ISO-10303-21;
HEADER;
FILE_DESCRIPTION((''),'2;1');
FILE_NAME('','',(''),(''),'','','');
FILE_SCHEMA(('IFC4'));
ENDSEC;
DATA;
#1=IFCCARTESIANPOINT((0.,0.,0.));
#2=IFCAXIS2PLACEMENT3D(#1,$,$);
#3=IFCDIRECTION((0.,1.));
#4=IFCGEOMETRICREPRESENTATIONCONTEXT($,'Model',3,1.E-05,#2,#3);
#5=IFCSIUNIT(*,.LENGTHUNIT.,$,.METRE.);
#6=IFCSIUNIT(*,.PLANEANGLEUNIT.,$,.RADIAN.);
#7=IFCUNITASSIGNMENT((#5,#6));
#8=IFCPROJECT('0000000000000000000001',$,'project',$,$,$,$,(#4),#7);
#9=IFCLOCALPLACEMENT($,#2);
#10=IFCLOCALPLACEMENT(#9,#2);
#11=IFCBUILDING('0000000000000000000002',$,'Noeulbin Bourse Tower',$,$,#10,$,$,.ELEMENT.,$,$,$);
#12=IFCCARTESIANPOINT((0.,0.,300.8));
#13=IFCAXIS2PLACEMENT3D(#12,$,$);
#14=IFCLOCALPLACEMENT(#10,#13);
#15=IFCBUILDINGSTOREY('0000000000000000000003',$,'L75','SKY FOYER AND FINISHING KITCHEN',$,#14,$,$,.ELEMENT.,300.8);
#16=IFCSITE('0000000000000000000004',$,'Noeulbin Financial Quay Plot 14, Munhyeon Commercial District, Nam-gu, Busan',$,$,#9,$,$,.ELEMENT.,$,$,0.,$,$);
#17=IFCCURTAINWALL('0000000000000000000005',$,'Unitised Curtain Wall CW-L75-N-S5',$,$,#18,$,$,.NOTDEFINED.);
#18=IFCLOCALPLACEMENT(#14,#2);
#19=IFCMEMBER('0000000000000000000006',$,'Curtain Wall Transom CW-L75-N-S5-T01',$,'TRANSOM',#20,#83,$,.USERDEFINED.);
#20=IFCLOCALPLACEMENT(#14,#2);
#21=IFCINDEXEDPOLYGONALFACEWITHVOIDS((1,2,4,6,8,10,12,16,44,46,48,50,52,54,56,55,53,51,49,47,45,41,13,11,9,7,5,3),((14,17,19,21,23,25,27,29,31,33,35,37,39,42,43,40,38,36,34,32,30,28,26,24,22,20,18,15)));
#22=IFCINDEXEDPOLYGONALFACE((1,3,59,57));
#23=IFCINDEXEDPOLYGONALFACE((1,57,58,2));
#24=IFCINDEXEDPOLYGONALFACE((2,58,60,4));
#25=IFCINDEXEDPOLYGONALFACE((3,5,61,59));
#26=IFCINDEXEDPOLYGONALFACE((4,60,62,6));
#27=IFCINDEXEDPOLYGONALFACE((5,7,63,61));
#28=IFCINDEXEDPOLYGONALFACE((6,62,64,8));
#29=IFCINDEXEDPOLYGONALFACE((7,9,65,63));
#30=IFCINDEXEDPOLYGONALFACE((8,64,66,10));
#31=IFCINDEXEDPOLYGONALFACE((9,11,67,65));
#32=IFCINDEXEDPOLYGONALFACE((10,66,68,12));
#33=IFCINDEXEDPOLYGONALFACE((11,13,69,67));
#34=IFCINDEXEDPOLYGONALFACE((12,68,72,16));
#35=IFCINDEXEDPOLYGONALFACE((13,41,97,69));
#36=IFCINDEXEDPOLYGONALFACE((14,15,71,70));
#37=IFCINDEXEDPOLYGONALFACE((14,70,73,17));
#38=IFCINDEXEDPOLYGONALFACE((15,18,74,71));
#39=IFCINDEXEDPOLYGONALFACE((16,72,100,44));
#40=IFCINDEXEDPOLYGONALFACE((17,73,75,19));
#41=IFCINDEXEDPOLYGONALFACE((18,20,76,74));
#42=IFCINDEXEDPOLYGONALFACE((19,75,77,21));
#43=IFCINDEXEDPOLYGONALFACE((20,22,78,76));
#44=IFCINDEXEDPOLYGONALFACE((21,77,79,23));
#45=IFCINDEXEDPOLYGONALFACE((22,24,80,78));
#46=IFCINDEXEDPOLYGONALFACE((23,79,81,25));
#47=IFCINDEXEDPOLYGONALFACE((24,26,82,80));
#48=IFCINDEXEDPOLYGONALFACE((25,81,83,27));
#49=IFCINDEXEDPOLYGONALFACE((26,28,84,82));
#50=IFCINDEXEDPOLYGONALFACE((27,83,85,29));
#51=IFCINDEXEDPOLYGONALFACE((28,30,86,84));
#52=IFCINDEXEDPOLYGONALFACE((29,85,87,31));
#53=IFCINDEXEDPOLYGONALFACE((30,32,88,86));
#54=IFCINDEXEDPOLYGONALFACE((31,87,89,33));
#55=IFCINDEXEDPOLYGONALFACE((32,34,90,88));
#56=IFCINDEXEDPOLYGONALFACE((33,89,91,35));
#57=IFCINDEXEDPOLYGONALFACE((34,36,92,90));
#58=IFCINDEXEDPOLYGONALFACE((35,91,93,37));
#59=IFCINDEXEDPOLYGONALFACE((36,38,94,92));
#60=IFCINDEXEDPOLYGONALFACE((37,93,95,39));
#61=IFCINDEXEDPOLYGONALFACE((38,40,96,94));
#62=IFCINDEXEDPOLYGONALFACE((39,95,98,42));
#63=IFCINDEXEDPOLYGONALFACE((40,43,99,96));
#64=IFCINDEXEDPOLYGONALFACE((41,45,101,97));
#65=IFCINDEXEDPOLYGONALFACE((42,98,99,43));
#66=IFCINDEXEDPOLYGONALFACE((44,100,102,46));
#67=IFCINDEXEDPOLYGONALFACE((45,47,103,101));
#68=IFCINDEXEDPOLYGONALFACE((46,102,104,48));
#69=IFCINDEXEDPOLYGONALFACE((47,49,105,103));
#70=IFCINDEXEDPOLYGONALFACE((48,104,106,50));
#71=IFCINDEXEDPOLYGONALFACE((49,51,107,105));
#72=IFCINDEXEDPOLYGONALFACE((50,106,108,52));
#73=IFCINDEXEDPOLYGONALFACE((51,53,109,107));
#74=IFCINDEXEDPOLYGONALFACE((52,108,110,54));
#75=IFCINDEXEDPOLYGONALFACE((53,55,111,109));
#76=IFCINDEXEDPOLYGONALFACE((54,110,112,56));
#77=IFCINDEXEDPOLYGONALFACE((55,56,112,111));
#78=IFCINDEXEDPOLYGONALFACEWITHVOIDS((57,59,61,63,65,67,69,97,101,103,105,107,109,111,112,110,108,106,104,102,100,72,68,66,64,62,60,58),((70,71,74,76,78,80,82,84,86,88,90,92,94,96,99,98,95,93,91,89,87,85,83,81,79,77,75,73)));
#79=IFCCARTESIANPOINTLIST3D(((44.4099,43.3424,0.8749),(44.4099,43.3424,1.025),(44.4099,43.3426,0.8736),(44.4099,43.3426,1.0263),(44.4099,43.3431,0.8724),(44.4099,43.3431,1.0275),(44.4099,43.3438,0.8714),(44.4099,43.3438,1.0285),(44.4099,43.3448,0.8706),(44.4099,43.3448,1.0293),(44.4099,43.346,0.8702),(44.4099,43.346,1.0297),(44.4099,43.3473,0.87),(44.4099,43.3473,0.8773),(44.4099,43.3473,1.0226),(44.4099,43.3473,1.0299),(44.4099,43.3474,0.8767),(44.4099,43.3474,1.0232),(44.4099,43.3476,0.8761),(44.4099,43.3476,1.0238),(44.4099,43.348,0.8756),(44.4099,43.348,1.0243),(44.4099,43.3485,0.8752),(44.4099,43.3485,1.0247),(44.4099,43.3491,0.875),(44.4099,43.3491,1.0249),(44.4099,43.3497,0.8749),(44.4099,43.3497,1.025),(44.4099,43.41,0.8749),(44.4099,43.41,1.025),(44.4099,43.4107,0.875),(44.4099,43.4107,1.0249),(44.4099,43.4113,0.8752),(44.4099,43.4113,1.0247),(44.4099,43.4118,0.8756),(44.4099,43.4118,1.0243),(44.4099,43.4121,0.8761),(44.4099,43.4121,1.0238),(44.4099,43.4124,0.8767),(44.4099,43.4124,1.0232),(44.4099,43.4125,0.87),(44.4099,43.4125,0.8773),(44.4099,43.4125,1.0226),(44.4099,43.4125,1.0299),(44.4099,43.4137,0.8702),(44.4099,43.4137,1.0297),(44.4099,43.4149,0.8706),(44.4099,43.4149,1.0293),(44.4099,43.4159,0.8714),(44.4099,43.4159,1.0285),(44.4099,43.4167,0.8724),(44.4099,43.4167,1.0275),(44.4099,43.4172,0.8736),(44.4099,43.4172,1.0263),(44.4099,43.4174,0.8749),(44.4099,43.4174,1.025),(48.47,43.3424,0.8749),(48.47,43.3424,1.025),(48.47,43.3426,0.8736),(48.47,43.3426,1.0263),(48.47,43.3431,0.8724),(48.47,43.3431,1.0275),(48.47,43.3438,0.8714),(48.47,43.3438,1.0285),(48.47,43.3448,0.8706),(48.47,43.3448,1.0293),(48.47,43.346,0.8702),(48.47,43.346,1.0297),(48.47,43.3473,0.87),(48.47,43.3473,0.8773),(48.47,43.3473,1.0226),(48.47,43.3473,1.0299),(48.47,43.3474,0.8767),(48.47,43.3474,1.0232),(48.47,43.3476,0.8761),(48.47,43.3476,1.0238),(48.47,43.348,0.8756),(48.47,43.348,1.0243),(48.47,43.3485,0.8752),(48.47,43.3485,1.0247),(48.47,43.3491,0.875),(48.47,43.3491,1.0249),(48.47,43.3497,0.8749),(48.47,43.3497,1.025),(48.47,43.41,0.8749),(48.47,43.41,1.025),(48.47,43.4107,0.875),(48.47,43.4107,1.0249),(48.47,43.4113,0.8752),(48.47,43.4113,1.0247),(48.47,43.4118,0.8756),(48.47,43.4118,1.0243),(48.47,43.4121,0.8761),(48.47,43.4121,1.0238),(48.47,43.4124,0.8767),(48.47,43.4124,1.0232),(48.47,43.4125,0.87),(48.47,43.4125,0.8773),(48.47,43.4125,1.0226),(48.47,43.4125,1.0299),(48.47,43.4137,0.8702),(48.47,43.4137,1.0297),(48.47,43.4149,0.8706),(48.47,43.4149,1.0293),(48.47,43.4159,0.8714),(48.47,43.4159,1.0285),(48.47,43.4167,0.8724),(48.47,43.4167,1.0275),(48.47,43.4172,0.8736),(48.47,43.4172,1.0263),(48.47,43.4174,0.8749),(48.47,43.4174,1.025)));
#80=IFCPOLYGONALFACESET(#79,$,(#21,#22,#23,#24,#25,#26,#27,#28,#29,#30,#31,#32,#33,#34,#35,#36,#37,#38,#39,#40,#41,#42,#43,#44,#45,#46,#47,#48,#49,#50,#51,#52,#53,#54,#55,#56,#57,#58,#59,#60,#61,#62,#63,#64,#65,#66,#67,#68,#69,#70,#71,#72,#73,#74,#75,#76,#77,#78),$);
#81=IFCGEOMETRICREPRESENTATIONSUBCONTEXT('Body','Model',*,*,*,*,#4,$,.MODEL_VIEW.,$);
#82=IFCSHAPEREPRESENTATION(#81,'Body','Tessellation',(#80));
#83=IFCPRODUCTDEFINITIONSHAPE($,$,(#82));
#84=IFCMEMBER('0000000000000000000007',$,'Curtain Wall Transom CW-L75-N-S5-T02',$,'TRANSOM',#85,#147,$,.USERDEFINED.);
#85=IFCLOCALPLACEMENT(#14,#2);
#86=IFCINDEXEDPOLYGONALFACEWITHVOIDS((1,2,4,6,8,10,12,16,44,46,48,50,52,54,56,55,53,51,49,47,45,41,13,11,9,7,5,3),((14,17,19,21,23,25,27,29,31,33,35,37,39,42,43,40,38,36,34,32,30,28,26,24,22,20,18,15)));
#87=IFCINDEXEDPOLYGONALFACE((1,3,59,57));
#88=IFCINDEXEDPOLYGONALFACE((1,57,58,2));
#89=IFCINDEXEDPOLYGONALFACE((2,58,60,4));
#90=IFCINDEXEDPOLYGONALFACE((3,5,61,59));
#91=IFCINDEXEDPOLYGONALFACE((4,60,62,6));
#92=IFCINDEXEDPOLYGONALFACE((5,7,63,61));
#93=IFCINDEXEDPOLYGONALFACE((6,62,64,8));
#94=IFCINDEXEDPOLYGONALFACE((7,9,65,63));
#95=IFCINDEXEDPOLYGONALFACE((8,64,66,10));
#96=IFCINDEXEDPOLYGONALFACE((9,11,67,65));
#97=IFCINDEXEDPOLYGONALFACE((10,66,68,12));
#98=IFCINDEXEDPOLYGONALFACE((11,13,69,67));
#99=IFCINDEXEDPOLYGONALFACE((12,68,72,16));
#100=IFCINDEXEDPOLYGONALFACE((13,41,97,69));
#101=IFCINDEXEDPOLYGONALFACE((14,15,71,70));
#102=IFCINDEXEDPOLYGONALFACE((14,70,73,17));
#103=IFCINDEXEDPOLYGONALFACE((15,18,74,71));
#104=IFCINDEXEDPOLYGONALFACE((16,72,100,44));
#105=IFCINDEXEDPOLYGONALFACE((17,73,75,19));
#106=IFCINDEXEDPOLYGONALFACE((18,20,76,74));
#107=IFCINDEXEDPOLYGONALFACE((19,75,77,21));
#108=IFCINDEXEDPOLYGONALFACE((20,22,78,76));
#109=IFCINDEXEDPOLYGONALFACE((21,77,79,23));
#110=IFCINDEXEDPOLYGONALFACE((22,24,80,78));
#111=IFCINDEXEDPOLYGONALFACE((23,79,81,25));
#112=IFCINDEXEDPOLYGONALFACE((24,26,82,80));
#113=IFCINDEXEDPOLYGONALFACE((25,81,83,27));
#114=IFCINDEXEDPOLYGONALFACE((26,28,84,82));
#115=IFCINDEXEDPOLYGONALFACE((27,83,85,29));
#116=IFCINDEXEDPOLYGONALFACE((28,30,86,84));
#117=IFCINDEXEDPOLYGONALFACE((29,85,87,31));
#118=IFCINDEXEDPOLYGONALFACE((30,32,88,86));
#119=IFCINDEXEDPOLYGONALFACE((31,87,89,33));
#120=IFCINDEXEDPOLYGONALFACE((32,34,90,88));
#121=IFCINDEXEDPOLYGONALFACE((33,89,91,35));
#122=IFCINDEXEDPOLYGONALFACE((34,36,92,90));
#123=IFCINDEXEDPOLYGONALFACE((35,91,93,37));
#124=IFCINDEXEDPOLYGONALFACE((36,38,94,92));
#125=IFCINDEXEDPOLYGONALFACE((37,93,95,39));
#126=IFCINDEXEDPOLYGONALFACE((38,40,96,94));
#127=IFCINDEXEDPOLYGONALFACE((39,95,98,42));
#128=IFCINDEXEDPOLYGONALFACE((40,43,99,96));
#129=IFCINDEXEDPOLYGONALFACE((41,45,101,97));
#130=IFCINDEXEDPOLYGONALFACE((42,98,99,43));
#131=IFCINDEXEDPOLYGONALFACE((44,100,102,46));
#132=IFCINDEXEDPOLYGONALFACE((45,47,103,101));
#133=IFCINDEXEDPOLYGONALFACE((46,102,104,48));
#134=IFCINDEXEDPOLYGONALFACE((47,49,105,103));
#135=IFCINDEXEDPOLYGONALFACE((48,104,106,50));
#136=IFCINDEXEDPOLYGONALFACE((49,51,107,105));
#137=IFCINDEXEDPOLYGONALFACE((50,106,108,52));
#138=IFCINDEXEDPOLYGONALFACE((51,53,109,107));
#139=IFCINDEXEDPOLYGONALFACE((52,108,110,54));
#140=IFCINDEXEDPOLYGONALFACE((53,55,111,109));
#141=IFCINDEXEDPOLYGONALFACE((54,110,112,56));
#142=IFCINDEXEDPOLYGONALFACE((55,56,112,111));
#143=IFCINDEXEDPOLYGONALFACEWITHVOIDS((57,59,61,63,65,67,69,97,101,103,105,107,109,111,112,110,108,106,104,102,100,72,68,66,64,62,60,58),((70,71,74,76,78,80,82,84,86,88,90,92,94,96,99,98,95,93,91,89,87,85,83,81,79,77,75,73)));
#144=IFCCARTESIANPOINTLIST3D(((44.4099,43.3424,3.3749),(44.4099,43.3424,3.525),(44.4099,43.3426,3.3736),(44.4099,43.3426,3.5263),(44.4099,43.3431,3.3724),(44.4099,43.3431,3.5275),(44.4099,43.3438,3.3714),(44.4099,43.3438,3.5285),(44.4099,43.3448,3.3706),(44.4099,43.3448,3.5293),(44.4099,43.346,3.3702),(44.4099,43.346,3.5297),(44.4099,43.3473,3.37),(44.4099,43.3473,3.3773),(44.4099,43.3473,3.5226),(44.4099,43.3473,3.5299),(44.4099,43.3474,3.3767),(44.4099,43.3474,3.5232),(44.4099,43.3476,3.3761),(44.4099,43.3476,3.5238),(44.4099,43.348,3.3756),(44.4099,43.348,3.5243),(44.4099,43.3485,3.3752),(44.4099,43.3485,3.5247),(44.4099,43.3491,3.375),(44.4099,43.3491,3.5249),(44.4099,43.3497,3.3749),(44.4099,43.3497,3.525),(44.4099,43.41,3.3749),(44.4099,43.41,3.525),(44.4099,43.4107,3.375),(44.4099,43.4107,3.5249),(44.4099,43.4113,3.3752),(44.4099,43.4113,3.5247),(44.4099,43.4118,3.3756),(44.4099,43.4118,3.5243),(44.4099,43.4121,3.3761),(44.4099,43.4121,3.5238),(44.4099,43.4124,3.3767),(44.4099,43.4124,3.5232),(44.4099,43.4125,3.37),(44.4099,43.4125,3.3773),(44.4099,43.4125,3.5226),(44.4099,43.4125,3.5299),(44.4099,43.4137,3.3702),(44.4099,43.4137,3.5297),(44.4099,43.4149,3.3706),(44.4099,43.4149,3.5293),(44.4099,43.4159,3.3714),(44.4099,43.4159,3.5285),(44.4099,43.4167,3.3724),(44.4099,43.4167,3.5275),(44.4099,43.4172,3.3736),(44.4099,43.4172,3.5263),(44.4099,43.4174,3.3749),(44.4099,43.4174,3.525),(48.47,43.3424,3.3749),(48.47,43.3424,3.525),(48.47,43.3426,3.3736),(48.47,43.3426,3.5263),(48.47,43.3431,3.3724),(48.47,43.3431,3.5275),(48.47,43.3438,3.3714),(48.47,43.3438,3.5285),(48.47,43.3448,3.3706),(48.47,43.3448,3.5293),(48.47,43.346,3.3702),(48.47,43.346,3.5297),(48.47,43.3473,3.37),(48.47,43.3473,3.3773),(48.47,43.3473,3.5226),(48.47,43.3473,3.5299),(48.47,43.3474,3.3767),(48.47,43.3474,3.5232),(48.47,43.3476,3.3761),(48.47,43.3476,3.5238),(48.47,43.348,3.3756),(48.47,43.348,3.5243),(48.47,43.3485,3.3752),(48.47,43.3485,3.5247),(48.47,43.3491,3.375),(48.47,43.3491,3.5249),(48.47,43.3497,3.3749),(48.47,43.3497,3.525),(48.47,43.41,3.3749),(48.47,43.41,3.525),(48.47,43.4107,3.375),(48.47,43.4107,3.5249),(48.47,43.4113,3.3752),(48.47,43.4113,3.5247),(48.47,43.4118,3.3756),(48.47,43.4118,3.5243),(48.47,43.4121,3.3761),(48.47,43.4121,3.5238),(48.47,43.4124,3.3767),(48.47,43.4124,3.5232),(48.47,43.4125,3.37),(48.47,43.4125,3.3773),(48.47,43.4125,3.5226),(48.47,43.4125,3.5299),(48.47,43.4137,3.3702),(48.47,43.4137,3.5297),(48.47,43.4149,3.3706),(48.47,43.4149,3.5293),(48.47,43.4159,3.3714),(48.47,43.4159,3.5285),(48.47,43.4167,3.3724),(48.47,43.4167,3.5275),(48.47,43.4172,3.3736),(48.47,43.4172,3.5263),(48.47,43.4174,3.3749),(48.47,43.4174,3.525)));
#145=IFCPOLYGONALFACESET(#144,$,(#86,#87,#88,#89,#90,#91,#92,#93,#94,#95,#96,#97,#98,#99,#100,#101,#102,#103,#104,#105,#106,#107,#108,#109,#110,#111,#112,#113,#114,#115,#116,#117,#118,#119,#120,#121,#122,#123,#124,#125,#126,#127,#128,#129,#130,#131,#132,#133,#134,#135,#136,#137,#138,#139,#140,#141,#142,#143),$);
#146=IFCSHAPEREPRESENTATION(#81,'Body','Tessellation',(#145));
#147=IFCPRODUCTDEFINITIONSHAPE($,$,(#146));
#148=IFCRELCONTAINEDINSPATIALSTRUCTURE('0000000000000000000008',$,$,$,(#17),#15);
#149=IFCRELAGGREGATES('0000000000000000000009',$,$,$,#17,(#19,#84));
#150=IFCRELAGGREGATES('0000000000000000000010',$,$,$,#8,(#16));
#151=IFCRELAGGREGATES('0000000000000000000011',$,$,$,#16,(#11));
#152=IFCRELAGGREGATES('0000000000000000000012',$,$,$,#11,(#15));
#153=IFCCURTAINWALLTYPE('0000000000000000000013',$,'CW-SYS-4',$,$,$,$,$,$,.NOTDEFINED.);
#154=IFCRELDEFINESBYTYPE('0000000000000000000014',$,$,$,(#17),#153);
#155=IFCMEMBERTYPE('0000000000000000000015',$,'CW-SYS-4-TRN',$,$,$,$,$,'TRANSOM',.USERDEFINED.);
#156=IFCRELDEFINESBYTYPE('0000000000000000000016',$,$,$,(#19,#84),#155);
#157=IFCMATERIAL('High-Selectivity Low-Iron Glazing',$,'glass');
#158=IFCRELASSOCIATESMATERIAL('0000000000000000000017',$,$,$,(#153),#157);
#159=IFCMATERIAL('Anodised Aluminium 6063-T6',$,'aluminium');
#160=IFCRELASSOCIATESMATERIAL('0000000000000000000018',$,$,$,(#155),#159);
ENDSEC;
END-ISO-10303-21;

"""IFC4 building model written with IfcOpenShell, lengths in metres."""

from ifc_helpers import new_model, si_unit, direction, frame, origin, origin_2d, place, context, subcontext, project, spatial, hollow_rectangle, extrude, material, material_profile, profile_set, type_object, element, aggregate, save


model = new_model("IFC4")

# Units and contexts
model_context = context("Model", 3, precision=1e-05, world=origin(), true_north=direction((0.0, 1.0)))
body_context = subcontext(model_context, "Body", "Model", "MODEL_VIEW")
ifc_project = project(units=[si_unit("LENGTHUNIT", "METRE"), si_unit("PLANEANGLEUNIT", "RADIAN")], contexts=[model_context])

# Site, building, storey
site_placement = place(None, origin())
site = spatial("IfcSite", under=ifc_project, at=site_placement, Name="Noeulbin Financial Quay Plot 14, Munhyeon Commercial District, Nam-gu, Busan", CompositionType="ELEMENT", RefElevation=0.0)
building_placement = place(site_placement, origin())
building = spatial("IfcBuilding", under=site, at=building_placement, Name="Noeulbin Bourse Tower", CompositionType="ELEMENT")
storey_placement = place(building_placement, frame((0.0, 0.0, 300.8)))
storey = spatial("IfcBuildingStorey", under=building, at=storey_placement, Name="L75", Description="SKY FOYER AND FINISHING KITCHEN", CompositionType="ELEMENT", Elevation=300.8)

# Shared definitions
ifc_material_1 = material(Name="High-Selectivity Low-Iron Glazing", Category="glass")
curtain_wall_type = type_object("IfcCurtainWallType", Name="CW-SYS-4", PredefinedType="NOTDEFINED", material=ifc_material_1)
ifc_material_2 = material(Name="Anodised Aluminium 6063-T6", Category="aluminium")

# Curtain wall
curtain_wall_1_placement = place(storey_placement, origin())
curtain_wall_1 = element("IfcCurtainWall", 1, at=curtain_wall_1_placement, inside=storey, type_object=curtain_wall_type, Name="Unitised Curtain Wall CW-L75-N-S5", PredefinedType="NOTDEFINED")

# Members
ifc_material_profile_1 = material_profile(ifc_material_2, hollow_rectangle(XDim=0.075, YDim=0.1599, WallThickness=0.0049, InnerFilletRadius=0.0024, OuterFilletRadius=0.0049, at=origin_2d()), Name="ALU-TRAN-75x160x5", Category="LoadBearing")
ifc_profile_set_1 = profile_set([ifc_material_profile_1], Name="Anodised Aluminium 6063-T6")
member_type_1 = type_object("IfcMemberType", Name="CW-SYS-4-TRN", ElementType="TRANSOM", PredefinedType="USERDEFINED", material=ifc_profile_set_1)
member_1_placement = place(storey_placement, frame((44.4099, 43.3799, 0.95), z_axis=(1.0, 0.0, 0.0), x_axis=(0.0, 1.0, 0.0)))
member_1 = element("IfcMember", 2, at=member_1_placement, type_object=member_type_1, Name="Curtain Wall Transom CW-L75-N-S5-T01", ObjectType="TRANSOM", PredefinedType="USERDEFINED", context=body_context, shape_type="SweptSolid", body=[
    extrude(hollow_rectangle(XDim=0.075, YDim=0.1599, WallThickness=0.0049, InnerFilletRadius=0.0024, OuterFilletRadius=0.0049, at=origin_2d()), origin(), (0.0, 0.0, 1.0), 4.0601),
])
member_2_placement = place(storey_placement, frame((44.4099, 43.3799, 3.45), z_axis=(1.0, 0.0, 0.0), x_axis=(0.0, 1.0, 0.0)))
member_2 = element("IfcMember", 3, at=member_2_placement, type_object=member_type_1, Name="Curtain Wall Transom CW-L75-N-S5-T02", ObjectType="TRANSOM", PredefinedType="USERDEFINED", context=body_context, shape_type="SweptSolid", body=[
    extrude(hollow_rectangle(XDim=0.075, YDim=0.1599, WallThickness=0.0049, InnerFilletRadius=0.0024, OuterFilletRadius=0.0049, at=origin_2d()), origin(), (0.0, 0.0, 1.0), 4.0601),
])

aggregate(curtain_wall_1, [member_1, member_2])

save(model, "model.ifc")
